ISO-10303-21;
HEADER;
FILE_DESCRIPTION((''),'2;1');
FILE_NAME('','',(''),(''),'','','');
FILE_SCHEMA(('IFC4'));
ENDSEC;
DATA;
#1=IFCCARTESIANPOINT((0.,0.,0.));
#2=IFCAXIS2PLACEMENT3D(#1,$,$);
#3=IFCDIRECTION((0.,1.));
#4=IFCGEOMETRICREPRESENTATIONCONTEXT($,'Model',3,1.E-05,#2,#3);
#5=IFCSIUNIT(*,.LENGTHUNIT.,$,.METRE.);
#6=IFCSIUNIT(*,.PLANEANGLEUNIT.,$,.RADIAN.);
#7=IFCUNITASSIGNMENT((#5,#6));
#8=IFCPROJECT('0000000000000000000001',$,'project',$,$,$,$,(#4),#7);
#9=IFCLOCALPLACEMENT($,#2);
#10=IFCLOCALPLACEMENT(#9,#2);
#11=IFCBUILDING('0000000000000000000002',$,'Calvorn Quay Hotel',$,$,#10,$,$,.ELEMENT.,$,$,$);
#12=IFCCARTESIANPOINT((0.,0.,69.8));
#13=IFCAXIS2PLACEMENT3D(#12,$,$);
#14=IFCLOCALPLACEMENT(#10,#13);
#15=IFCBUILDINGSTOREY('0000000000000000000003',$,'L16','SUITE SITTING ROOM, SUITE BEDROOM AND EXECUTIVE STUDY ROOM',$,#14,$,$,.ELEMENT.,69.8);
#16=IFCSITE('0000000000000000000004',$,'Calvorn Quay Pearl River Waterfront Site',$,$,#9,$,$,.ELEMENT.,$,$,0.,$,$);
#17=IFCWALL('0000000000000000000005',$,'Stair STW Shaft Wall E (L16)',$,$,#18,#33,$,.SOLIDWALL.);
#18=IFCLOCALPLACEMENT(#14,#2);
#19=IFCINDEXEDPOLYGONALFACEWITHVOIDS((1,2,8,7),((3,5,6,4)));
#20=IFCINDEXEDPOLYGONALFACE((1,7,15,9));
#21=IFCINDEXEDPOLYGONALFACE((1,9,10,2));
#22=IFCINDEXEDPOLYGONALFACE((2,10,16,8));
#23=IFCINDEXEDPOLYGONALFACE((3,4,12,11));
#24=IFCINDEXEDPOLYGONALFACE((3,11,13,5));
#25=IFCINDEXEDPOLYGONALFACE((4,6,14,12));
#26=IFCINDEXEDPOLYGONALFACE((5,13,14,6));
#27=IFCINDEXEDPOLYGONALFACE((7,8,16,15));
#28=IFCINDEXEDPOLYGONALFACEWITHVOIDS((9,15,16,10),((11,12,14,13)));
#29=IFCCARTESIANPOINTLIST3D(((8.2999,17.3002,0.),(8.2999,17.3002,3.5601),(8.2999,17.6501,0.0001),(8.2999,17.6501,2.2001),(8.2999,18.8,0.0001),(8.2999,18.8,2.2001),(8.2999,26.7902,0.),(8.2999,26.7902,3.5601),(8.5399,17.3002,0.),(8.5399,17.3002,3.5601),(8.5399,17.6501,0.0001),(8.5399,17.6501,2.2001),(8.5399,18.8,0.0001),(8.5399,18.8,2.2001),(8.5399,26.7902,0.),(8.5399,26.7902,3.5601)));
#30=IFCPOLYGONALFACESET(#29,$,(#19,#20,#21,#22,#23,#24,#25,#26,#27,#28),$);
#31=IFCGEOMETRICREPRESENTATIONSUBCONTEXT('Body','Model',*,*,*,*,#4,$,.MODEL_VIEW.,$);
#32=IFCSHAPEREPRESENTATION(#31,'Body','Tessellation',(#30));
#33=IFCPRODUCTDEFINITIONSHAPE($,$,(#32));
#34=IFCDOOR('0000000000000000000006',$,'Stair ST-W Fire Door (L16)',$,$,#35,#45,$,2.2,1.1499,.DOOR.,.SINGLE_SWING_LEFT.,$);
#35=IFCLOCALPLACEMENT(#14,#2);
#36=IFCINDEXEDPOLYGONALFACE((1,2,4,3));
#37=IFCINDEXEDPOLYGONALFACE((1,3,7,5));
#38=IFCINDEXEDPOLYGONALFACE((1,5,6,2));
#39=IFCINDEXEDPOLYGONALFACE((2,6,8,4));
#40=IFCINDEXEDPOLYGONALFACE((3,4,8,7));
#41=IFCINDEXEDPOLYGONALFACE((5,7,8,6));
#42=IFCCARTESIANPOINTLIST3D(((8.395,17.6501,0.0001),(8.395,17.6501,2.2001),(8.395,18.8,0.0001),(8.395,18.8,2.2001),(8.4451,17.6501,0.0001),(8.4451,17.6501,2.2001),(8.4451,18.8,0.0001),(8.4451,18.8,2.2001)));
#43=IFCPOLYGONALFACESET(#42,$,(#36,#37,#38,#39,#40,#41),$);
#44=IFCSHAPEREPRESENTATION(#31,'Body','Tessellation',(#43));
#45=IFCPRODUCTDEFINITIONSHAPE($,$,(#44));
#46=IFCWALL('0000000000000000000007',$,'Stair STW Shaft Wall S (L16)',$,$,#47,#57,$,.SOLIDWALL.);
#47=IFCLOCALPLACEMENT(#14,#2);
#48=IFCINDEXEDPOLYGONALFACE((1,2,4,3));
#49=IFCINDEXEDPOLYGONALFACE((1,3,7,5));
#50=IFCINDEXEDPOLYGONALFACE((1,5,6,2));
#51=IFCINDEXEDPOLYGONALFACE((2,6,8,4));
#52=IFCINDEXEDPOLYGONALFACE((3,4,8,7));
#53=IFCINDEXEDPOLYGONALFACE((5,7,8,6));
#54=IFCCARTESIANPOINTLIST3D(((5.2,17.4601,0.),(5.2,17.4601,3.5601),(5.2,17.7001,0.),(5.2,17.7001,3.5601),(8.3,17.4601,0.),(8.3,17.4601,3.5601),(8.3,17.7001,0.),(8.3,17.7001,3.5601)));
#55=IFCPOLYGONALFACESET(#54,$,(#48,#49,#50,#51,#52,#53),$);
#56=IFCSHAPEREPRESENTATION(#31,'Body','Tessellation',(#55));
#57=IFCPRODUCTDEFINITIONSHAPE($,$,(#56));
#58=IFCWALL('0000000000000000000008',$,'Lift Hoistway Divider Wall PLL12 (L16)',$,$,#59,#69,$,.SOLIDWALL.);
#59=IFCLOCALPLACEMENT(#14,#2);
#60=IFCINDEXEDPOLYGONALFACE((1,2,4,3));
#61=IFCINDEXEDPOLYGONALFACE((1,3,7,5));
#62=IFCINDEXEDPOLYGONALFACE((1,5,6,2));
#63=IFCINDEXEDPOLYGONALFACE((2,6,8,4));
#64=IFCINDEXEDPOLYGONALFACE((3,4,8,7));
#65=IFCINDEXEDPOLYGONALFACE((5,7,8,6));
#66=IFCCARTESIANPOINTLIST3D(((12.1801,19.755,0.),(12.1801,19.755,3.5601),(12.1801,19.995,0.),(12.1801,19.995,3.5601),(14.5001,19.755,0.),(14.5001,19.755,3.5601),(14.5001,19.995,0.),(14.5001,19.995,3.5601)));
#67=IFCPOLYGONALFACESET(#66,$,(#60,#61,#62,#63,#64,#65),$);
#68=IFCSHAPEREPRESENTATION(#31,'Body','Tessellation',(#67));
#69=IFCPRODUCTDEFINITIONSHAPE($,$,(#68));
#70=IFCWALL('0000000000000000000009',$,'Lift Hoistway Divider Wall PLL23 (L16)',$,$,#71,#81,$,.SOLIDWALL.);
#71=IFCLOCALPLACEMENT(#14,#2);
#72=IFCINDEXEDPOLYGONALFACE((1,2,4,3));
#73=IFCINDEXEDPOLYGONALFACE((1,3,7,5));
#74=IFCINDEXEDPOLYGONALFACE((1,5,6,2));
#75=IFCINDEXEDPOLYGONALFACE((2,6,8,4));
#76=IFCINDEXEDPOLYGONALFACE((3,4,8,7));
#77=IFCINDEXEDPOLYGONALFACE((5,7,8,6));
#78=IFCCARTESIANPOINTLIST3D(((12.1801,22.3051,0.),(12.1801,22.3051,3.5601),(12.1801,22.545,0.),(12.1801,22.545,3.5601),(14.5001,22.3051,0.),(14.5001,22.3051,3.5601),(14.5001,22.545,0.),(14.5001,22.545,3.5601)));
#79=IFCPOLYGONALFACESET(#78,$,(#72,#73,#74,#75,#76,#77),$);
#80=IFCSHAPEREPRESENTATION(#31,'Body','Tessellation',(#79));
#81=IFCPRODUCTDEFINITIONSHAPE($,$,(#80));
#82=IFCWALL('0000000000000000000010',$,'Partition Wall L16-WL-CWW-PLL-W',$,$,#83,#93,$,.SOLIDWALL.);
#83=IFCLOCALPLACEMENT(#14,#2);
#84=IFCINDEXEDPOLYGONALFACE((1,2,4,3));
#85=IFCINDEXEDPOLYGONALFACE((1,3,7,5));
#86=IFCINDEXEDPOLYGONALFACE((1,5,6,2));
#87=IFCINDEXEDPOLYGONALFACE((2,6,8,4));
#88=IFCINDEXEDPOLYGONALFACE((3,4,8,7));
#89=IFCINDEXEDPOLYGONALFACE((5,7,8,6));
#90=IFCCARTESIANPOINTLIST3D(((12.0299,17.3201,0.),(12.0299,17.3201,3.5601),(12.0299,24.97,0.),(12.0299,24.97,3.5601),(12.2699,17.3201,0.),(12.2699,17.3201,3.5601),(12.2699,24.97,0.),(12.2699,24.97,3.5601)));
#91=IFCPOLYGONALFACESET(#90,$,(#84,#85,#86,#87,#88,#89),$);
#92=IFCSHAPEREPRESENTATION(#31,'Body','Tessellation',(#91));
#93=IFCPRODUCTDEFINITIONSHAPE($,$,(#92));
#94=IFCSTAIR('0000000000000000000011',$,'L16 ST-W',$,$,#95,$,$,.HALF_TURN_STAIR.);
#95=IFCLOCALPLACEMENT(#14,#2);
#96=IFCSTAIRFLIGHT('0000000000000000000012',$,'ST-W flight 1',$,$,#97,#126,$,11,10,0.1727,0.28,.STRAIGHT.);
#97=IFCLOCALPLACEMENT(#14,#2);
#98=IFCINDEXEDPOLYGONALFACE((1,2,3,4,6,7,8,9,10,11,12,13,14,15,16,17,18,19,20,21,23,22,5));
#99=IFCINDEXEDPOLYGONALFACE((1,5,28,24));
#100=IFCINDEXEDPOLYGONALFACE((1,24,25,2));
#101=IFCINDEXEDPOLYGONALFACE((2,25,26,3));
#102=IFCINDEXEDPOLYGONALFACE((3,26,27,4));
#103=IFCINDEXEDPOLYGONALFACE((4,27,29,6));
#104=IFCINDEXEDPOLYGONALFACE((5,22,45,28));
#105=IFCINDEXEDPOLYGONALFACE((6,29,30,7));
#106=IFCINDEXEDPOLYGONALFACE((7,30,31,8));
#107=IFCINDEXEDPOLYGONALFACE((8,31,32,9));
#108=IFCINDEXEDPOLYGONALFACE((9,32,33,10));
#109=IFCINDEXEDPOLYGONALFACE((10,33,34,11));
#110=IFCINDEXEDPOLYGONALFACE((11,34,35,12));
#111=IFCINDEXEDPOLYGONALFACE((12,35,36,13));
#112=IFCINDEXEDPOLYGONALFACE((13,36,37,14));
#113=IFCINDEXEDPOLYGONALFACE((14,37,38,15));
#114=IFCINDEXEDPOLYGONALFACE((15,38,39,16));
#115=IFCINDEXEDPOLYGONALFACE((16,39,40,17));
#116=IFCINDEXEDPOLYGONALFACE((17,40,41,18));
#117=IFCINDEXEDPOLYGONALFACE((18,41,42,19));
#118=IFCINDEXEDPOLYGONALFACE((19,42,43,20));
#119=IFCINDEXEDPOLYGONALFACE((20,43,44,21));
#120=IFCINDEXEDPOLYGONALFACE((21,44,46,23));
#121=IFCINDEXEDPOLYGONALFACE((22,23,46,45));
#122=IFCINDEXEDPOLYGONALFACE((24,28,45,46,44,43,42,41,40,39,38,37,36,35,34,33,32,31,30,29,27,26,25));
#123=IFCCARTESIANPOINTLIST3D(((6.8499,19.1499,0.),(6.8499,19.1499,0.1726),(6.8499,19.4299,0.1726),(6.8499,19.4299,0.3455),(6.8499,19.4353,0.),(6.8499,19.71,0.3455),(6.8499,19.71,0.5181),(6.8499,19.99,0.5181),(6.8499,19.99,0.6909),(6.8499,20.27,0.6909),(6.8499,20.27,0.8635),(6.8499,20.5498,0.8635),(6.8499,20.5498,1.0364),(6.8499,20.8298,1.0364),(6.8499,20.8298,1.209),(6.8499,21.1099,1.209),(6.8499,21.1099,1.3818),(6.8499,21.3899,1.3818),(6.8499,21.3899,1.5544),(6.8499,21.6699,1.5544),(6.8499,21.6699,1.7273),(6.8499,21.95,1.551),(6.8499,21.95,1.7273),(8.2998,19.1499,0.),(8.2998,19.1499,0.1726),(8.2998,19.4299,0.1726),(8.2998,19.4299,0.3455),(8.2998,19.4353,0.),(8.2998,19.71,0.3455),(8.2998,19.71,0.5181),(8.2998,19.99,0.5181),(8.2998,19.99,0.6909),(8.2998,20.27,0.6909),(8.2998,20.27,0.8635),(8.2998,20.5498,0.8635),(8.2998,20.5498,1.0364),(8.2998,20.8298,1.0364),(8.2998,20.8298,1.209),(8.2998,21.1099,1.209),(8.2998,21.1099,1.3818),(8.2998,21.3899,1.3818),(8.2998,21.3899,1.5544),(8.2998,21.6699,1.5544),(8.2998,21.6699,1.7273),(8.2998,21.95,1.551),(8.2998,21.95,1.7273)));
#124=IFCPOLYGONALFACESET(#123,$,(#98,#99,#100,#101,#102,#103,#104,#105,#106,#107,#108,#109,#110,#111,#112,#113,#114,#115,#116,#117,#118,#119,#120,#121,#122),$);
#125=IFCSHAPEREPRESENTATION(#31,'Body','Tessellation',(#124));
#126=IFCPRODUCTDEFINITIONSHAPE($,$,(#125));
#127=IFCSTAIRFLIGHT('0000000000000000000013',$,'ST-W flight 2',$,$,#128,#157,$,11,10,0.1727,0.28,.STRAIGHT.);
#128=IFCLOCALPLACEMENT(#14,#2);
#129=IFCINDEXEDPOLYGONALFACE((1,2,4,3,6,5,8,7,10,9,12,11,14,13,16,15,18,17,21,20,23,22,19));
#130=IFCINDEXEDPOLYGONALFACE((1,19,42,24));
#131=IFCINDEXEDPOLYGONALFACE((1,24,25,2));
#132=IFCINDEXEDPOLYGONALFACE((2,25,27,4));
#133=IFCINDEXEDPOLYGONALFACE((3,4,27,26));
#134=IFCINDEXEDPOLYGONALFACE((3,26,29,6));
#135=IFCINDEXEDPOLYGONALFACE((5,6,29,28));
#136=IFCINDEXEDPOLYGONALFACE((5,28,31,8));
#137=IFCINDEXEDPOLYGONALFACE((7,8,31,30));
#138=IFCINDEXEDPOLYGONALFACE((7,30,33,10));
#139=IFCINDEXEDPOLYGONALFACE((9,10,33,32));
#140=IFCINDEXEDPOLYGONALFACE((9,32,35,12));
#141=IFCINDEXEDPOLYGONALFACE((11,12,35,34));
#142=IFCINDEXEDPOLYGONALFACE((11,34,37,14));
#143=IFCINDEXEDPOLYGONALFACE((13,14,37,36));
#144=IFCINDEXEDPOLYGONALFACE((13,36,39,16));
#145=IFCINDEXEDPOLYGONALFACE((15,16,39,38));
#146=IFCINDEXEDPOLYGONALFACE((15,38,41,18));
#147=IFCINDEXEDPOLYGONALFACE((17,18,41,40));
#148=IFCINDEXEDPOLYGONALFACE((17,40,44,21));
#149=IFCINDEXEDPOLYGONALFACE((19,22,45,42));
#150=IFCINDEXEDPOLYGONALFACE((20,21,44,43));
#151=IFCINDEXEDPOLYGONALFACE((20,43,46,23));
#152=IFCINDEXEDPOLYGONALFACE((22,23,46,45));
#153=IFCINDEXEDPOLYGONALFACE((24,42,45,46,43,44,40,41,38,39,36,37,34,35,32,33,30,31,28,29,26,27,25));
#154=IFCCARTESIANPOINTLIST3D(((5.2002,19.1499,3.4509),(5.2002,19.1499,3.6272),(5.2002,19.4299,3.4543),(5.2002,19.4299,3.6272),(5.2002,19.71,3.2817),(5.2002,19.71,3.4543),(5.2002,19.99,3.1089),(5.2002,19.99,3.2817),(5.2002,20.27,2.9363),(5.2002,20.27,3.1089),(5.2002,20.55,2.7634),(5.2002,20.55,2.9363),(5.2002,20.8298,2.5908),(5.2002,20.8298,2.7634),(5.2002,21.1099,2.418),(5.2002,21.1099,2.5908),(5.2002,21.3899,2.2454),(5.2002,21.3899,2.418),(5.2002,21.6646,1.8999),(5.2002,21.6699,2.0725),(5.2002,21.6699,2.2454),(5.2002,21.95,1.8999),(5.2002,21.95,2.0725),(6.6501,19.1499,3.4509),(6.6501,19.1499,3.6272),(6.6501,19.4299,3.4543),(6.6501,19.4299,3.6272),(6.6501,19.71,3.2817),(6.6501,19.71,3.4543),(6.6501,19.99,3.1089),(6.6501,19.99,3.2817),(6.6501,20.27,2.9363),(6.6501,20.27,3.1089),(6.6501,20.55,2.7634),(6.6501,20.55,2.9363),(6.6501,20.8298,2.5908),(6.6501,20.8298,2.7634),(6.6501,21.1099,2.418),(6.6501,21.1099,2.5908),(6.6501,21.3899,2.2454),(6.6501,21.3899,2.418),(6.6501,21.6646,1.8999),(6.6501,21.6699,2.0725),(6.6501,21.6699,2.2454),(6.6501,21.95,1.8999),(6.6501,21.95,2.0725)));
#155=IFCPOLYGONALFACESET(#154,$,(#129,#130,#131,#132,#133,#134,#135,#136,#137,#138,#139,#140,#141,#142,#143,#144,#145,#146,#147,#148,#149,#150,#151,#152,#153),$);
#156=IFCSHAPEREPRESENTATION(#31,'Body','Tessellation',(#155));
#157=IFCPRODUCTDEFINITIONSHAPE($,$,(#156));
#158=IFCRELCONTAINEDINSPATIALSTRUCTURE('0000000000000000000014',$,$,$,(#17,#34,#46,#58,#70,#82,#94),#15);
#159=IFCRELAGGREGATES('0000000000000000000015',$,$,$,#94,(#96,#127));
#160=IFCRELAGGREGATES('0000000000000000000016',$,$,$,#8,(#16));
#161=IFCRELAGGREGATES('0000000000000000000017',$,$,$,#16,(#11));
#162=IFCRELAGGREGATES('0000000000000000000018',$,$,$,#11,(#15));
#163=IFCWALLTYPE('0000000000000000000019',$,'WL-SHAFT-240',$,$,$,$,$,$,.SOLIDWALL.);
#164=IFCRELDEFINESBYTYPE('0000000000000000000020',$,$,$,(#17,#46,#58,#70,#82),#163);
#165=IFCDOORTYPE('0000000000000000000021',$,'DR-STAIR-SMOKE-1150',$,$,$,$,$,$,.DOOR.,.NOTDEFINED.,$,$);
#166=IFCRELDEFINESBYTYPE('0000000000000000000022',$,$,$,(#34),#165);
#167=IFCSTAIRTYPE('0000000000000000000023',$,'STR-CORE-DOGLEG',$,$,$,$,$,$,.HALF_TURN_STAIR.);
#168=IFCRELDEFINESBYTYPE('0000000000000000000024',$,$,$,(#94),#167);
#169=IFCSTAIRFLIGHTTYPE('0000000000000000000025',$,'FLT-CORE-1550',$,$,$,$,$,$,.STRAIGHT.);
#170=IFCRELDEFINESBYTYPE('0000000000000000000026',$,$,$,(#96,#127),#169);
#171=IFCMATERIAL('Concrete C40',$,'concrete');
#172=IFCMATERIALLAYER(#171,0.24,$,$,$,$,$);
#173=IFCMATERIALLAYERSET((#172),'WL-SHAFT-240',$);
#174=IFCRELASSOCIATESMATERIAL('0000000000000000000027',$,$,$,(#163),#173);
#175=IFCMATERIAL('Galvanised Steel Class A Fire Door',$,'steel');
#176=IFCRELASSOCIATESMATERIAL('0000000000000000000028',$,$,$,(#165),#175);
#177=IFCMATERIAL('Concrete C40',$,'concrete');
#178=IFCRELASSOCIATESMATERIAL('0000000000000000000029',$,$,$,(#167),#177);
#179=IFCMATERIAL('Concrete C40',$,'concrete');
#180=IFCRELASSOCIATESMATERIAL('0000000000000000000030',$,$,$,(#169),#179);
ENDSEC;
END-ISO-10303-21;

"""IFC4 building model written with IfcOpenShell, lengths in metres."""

from ifc_helpers import new_model, si_unit, direction, frame, frame_2d, origin, place, context, subcontext, project, spatial, polyline, rectangle, outline, extrude, material, layer, layer_set, type_object, element, fill, aggregate, save


model = new_model("IFC4")

# Units and contexts
model_context = context("Model", 3, precision=1e-05, world=origin(), true_north=direction((0.0, 1.0)))
body_context = subcontext(model_context, "Body", "Model", "MODEL_VIEW")
ifc_project = project(units=[si_unit("LENGTHUNIT", "METRE"), si_unit("PLANEANGLEUNIT", "RADIAN")], contexts=[model_context])

# Site, building, storey
site_placement = place(None, origin())
site = spatial("IfcSite", under=ifc_project, at=site_placement, Name="Calvorn Quay Pearl River Waterfront Site", CompositionType="ELEMENT", RefElevation=0.0)
building_placement = place(site_placement, origin())
building = spatial("IfcBuilding", under=site, at=building_placement, Name="Calvorn Quay Hotel", CompositionType="ELEMENT")
storey_placement = place(building_placement, frame((0.0, 0.0, 69.8)))
storey = spatial("IfcBuildingStorey", under=building, at=storey_placement, Name="L16", Description="SUITE SITTING ROOM, SUITE BEDROOM AND EXECUTIVE STUDY ROOM", CompositionType="ELEMENT", Elevation=69.8)

# Shared definitions
ifc_material_1 = material(Name="Concrete C40", Category="concrete")
ifc_layer_1 = layer(ifc_material_1, 0.24)
ifc_layer_set_1 = layer_set([ifc_layer_1], Name="WL-SHAFT-240")
wall_type_1 = type_object("IfcWallType", Name="WL-SHAFT-240", PredefinedType="SOLIDWALL", material=ifc_layer_set_1)

# Wall, opening, door
wall_1_placement = place(storey_placement, frame((8.4199, 17.3, 0.0), z_axis=(0.0, 0.0, 1.0), x_axis=(0.0, 1.0, 0.0)))
wall_1 = element("IfcWall", 1, at=wall_1_placement, inside=storey, type_object=wall_type_1, Name="Stair STW Shaft Wall E (L16)", PredefinedType="SOLIDWALL", context=body_context, shape_type="SweptSolid", body=[
    extrude(rectangle(XDim=9.49, YDim=0.24, at=frame_2d((4.7451, 0.0))), origin(), (0.0, 0.0, 1.0), 3.5601),
])
opening_1_placement = place(wall_1_placement, frame((0.3501, 0.0, 0.0)))
opening_1 = element("IfcOpeningElement", 2, at=opening_1_placement, cuts=wall_1, PredefinedType="OPENING", context=body_context, shape_type="SweptSolid", body=[
    extrude(rectangle(XDim=1.1499, YDim=2.2, at=frame_2d((0.575, 1.1001))), frame((0.0, 0.1299, 0.0), z_axis=(0.0, -1.0, 0.0), x_axis=(1.0, 0.0, 0.0)), (0.0, 0.0, 1.0), 0.26),
])
ifc_material_2 = material(Name="Galvanised Steel Class A Fire Door", Category="steel")
door_type_1 = type_object("IfcDoorType", Name="DR-STAIR-SMOKE-1150", OperationType="NOTDEFINED", PredefinedType="DOOR", material=ifc_material_2)
door_1_placement = place(opening_1_placement, origin())
door_1 = element("IfcDoor", 3, at=door_1_placement, inside=storey, type_object=door_type_1, Name="Stair ST-W Fire Door (L16)", OperationType="SINGLE_SWING_LEFT", OverallHeight=2.2, OverallWidth=1.1499, PredefinedType="DOOR", context=body_context, shape_type="SweptSolid", body=[
    extrude(rectangle(XDim=1.1499, YDim=2.2, at=frame_2d((0.575, 1.1001))), frame((0.0, 0.0249, 0.0), z_axis=(0.0, -1.0, 0.0), x_axis=(1.0, 0.0, 0.0)), (0.0, 0.0, 1.0), 0.05),
])
fill(opening_1, door_1)

# Walls
wall_2_placement = place(storey_placement, frame((5.2, 17.5801, 0.0), z_axis=(0.0, 0.0, 1.0), x_axis=(1.0, 0.0, 0.0)))
element("IfcWall", 4, at=wall_2_placement, inside=storey, type_object=wall_type_1, Name="Stair STW Shaft Wall S (L16)", PredefinedType="SOLIDWALL", context=body_context, shape_type="SweptSolid", body=[
    extrude(rectangle(XDim=3.1001, YDim=0.24, at=frame_2d((1.55, 0.0))), origin(), (0.0, 0.0, 1.0), 3.5601),
])
for number, where, z_axis, x_axis, name in (
    (5, (12.1799, 19.875, 0.0), (0.0, 0.0, 1.0), (1.0, 0.0, 0.0), "Lift Hoistway Divider Wall PLL12 (L16)"),
    (6, (12.1799, 22.425, 0.0), (0.0, 0.0, 1.0), (1.0, 0.0, 0.0), "Lift Hoistway Divider Wall PLL23 (L16)"),
):
    element("IfcWall", number, at=place(storey_placement, frame(where, z_axis=z_axis, x_axis=x_axis)), inside=storey, type_object=wall_type_1, Name=name, PredefinedType="SOLIDWALL", context=body_context, shape_type="SweptSolid", body=[
        extrude(rectangle(XDim=2.3201, YDim=0.24, at=frame_2d((1.1602, 0.0))), origin(), (0.0, 0.0, 1.0), 3.5601),
    ])
wall_3_placement = place(storey_placement, frame((12.1499, 17.3201, 0.0), z_axis=(0.0, 0.0, 1.0), x_axis=(0.0, 1.0, 0.0)))
element("IfcWall", 7, at=wall_3_placement, inside=storey, type_object=wall_type_1, Name="Partition Wall L16-WL-CWW-PLL-W", PredefinedType="SOLIDWALL", context=body_context, shape_type="SweptSolid", body=[
    extrude(rectangle(XDim=7.6499, YDim=0.24, at=frame_2d((3.825, 0.0))), origin(), (0.0, 0.0, 1.0), 3.5601),
])

# Stair, stair flights
ifc_material_3 = material(Name="Concrete C40", Category="concrete")
stair_type = type_object("IfcStairType", Name="STR-CORE-DOGLEG", PredefinedType="HALF_TURN_STAIR", material=ifc_material_3)
stair_placement = place(storey_placement, origin())
stair = element("IfcStair", 8, at=stair_placement, inside=storey, type_object=stair_type, Name="L16 ST-W", PredefinedType="HALF_TURN_STAIR")
ifc_material_4 = material(Name="Concrete C40", Category="concrete")
stair_flight_type = type_object("IfcStairFlightType", Name="FLT-CORE-1550", PredefinedType="STRAIGHT", material=ifc_material_4)
stair_flight_1_placement = place(storey_placement, frame((7.575, 19.1499, 0.0), z_axis=(0.0, 0.0, 1.0), x_axis=(0.0, 1.0, 0.0)))
stair_flight_1 = element("IfcStairFlight", 9, at=stair_flight_1_placement, type_object=stair_flight_type, Name="ST-W flight 1", NumberOfRisers=11, NumberOfTreads=10, PredefinedType="STRAIGHT", RiserHeight=0.1727, TreadLength=0.28, context=body_context, shape_type="SweptSolid", body=[
    extrude(outline(polyline([(0.0, 0.0), (0.0, 0.1726), (0.28, 0.1726), (0.28, 0.3455), (0.5601, 0.3455), (0.5601, 0.5181), (0.8401, 0.5181), (0.8401, 0.6909), (1.1201, 0.6909), (1.1201, 0.8635), (1.3999, 0.8635), (1.3999, 1.0364), (1.6799, 1.0364), (1.6799, 1.209), (1.96, 1.209), (1.96, 1.3818), (2.24, 1.3818), (2.24, 1.5544), (2.52, 1.5544), (2.52, 1.7273), (2.8, 1.7273), (2.8, 1.8999), (2.8, 1.551), (0.2854, 0.0), (0.0, 0.0)])), frame((0.0, 0.7251, 0.0), z_axis=(0.0, -1.0, 0.0), x_axis=(1.0, 0.0, 0.0)), (0.0, 0.0, 1.0), 1.45),
])
stair_flight_2_placement = place(storey_placement, frame((5.925, 21.95, 1.8999), z_axis=(0.0, 0.0, 1.0), x_axis=(0.0, -1.0, 0.0)))
stair_flight_2 = element("IfcStairFlight", 10, at=stair_flight_2_placement, type_object=stair_flight_type, Name="ST-W flight 2", NumberOfRisers=11, NumberOfTreads=10, PredefinedType="STRAIGHT", RiserHeight=0.1727, TreadLength=0.28, context=body_context, shape_type="SweptSolid", body=[
    extrude(outline(polyline([(0.0, 0.0), (0.0, 0.1726), (0.28, 0.1726), (0.28, 0.3455), (0.5601, 0.3455), (0.5601, 0.5181), (0.8401, 0.5181), (0.8401, 0.6909), (1.1201, 0.6909), (1.1201, 0.8635), (1.3999, 0.8635), (1.3999, 1.0364), (1.6799, 1.0364), (1.6799, 1.209), (1.96, 1.209), (1.96, 1.3818), (2.24, 1.3818), (2.24, 1.5544), (2.52, 1.5544), (2.52, 1.7273), (2.8, 1.7273), (2.8, 1.8999), (2.8, 1.551), (0.2854, 0.0), (0.0, 0.0)])), frame((0.0, 0.7251, 0.0), z_axis=(0.0, -1.0, 0.0), x_axis=(1.0, 0.0, 0.0)), (0.0, 0.0, 1.0), 1.45),
])
aggregate(stair, [stair_flight_1, stair_flight_2])

save(model, "model.ifc")
